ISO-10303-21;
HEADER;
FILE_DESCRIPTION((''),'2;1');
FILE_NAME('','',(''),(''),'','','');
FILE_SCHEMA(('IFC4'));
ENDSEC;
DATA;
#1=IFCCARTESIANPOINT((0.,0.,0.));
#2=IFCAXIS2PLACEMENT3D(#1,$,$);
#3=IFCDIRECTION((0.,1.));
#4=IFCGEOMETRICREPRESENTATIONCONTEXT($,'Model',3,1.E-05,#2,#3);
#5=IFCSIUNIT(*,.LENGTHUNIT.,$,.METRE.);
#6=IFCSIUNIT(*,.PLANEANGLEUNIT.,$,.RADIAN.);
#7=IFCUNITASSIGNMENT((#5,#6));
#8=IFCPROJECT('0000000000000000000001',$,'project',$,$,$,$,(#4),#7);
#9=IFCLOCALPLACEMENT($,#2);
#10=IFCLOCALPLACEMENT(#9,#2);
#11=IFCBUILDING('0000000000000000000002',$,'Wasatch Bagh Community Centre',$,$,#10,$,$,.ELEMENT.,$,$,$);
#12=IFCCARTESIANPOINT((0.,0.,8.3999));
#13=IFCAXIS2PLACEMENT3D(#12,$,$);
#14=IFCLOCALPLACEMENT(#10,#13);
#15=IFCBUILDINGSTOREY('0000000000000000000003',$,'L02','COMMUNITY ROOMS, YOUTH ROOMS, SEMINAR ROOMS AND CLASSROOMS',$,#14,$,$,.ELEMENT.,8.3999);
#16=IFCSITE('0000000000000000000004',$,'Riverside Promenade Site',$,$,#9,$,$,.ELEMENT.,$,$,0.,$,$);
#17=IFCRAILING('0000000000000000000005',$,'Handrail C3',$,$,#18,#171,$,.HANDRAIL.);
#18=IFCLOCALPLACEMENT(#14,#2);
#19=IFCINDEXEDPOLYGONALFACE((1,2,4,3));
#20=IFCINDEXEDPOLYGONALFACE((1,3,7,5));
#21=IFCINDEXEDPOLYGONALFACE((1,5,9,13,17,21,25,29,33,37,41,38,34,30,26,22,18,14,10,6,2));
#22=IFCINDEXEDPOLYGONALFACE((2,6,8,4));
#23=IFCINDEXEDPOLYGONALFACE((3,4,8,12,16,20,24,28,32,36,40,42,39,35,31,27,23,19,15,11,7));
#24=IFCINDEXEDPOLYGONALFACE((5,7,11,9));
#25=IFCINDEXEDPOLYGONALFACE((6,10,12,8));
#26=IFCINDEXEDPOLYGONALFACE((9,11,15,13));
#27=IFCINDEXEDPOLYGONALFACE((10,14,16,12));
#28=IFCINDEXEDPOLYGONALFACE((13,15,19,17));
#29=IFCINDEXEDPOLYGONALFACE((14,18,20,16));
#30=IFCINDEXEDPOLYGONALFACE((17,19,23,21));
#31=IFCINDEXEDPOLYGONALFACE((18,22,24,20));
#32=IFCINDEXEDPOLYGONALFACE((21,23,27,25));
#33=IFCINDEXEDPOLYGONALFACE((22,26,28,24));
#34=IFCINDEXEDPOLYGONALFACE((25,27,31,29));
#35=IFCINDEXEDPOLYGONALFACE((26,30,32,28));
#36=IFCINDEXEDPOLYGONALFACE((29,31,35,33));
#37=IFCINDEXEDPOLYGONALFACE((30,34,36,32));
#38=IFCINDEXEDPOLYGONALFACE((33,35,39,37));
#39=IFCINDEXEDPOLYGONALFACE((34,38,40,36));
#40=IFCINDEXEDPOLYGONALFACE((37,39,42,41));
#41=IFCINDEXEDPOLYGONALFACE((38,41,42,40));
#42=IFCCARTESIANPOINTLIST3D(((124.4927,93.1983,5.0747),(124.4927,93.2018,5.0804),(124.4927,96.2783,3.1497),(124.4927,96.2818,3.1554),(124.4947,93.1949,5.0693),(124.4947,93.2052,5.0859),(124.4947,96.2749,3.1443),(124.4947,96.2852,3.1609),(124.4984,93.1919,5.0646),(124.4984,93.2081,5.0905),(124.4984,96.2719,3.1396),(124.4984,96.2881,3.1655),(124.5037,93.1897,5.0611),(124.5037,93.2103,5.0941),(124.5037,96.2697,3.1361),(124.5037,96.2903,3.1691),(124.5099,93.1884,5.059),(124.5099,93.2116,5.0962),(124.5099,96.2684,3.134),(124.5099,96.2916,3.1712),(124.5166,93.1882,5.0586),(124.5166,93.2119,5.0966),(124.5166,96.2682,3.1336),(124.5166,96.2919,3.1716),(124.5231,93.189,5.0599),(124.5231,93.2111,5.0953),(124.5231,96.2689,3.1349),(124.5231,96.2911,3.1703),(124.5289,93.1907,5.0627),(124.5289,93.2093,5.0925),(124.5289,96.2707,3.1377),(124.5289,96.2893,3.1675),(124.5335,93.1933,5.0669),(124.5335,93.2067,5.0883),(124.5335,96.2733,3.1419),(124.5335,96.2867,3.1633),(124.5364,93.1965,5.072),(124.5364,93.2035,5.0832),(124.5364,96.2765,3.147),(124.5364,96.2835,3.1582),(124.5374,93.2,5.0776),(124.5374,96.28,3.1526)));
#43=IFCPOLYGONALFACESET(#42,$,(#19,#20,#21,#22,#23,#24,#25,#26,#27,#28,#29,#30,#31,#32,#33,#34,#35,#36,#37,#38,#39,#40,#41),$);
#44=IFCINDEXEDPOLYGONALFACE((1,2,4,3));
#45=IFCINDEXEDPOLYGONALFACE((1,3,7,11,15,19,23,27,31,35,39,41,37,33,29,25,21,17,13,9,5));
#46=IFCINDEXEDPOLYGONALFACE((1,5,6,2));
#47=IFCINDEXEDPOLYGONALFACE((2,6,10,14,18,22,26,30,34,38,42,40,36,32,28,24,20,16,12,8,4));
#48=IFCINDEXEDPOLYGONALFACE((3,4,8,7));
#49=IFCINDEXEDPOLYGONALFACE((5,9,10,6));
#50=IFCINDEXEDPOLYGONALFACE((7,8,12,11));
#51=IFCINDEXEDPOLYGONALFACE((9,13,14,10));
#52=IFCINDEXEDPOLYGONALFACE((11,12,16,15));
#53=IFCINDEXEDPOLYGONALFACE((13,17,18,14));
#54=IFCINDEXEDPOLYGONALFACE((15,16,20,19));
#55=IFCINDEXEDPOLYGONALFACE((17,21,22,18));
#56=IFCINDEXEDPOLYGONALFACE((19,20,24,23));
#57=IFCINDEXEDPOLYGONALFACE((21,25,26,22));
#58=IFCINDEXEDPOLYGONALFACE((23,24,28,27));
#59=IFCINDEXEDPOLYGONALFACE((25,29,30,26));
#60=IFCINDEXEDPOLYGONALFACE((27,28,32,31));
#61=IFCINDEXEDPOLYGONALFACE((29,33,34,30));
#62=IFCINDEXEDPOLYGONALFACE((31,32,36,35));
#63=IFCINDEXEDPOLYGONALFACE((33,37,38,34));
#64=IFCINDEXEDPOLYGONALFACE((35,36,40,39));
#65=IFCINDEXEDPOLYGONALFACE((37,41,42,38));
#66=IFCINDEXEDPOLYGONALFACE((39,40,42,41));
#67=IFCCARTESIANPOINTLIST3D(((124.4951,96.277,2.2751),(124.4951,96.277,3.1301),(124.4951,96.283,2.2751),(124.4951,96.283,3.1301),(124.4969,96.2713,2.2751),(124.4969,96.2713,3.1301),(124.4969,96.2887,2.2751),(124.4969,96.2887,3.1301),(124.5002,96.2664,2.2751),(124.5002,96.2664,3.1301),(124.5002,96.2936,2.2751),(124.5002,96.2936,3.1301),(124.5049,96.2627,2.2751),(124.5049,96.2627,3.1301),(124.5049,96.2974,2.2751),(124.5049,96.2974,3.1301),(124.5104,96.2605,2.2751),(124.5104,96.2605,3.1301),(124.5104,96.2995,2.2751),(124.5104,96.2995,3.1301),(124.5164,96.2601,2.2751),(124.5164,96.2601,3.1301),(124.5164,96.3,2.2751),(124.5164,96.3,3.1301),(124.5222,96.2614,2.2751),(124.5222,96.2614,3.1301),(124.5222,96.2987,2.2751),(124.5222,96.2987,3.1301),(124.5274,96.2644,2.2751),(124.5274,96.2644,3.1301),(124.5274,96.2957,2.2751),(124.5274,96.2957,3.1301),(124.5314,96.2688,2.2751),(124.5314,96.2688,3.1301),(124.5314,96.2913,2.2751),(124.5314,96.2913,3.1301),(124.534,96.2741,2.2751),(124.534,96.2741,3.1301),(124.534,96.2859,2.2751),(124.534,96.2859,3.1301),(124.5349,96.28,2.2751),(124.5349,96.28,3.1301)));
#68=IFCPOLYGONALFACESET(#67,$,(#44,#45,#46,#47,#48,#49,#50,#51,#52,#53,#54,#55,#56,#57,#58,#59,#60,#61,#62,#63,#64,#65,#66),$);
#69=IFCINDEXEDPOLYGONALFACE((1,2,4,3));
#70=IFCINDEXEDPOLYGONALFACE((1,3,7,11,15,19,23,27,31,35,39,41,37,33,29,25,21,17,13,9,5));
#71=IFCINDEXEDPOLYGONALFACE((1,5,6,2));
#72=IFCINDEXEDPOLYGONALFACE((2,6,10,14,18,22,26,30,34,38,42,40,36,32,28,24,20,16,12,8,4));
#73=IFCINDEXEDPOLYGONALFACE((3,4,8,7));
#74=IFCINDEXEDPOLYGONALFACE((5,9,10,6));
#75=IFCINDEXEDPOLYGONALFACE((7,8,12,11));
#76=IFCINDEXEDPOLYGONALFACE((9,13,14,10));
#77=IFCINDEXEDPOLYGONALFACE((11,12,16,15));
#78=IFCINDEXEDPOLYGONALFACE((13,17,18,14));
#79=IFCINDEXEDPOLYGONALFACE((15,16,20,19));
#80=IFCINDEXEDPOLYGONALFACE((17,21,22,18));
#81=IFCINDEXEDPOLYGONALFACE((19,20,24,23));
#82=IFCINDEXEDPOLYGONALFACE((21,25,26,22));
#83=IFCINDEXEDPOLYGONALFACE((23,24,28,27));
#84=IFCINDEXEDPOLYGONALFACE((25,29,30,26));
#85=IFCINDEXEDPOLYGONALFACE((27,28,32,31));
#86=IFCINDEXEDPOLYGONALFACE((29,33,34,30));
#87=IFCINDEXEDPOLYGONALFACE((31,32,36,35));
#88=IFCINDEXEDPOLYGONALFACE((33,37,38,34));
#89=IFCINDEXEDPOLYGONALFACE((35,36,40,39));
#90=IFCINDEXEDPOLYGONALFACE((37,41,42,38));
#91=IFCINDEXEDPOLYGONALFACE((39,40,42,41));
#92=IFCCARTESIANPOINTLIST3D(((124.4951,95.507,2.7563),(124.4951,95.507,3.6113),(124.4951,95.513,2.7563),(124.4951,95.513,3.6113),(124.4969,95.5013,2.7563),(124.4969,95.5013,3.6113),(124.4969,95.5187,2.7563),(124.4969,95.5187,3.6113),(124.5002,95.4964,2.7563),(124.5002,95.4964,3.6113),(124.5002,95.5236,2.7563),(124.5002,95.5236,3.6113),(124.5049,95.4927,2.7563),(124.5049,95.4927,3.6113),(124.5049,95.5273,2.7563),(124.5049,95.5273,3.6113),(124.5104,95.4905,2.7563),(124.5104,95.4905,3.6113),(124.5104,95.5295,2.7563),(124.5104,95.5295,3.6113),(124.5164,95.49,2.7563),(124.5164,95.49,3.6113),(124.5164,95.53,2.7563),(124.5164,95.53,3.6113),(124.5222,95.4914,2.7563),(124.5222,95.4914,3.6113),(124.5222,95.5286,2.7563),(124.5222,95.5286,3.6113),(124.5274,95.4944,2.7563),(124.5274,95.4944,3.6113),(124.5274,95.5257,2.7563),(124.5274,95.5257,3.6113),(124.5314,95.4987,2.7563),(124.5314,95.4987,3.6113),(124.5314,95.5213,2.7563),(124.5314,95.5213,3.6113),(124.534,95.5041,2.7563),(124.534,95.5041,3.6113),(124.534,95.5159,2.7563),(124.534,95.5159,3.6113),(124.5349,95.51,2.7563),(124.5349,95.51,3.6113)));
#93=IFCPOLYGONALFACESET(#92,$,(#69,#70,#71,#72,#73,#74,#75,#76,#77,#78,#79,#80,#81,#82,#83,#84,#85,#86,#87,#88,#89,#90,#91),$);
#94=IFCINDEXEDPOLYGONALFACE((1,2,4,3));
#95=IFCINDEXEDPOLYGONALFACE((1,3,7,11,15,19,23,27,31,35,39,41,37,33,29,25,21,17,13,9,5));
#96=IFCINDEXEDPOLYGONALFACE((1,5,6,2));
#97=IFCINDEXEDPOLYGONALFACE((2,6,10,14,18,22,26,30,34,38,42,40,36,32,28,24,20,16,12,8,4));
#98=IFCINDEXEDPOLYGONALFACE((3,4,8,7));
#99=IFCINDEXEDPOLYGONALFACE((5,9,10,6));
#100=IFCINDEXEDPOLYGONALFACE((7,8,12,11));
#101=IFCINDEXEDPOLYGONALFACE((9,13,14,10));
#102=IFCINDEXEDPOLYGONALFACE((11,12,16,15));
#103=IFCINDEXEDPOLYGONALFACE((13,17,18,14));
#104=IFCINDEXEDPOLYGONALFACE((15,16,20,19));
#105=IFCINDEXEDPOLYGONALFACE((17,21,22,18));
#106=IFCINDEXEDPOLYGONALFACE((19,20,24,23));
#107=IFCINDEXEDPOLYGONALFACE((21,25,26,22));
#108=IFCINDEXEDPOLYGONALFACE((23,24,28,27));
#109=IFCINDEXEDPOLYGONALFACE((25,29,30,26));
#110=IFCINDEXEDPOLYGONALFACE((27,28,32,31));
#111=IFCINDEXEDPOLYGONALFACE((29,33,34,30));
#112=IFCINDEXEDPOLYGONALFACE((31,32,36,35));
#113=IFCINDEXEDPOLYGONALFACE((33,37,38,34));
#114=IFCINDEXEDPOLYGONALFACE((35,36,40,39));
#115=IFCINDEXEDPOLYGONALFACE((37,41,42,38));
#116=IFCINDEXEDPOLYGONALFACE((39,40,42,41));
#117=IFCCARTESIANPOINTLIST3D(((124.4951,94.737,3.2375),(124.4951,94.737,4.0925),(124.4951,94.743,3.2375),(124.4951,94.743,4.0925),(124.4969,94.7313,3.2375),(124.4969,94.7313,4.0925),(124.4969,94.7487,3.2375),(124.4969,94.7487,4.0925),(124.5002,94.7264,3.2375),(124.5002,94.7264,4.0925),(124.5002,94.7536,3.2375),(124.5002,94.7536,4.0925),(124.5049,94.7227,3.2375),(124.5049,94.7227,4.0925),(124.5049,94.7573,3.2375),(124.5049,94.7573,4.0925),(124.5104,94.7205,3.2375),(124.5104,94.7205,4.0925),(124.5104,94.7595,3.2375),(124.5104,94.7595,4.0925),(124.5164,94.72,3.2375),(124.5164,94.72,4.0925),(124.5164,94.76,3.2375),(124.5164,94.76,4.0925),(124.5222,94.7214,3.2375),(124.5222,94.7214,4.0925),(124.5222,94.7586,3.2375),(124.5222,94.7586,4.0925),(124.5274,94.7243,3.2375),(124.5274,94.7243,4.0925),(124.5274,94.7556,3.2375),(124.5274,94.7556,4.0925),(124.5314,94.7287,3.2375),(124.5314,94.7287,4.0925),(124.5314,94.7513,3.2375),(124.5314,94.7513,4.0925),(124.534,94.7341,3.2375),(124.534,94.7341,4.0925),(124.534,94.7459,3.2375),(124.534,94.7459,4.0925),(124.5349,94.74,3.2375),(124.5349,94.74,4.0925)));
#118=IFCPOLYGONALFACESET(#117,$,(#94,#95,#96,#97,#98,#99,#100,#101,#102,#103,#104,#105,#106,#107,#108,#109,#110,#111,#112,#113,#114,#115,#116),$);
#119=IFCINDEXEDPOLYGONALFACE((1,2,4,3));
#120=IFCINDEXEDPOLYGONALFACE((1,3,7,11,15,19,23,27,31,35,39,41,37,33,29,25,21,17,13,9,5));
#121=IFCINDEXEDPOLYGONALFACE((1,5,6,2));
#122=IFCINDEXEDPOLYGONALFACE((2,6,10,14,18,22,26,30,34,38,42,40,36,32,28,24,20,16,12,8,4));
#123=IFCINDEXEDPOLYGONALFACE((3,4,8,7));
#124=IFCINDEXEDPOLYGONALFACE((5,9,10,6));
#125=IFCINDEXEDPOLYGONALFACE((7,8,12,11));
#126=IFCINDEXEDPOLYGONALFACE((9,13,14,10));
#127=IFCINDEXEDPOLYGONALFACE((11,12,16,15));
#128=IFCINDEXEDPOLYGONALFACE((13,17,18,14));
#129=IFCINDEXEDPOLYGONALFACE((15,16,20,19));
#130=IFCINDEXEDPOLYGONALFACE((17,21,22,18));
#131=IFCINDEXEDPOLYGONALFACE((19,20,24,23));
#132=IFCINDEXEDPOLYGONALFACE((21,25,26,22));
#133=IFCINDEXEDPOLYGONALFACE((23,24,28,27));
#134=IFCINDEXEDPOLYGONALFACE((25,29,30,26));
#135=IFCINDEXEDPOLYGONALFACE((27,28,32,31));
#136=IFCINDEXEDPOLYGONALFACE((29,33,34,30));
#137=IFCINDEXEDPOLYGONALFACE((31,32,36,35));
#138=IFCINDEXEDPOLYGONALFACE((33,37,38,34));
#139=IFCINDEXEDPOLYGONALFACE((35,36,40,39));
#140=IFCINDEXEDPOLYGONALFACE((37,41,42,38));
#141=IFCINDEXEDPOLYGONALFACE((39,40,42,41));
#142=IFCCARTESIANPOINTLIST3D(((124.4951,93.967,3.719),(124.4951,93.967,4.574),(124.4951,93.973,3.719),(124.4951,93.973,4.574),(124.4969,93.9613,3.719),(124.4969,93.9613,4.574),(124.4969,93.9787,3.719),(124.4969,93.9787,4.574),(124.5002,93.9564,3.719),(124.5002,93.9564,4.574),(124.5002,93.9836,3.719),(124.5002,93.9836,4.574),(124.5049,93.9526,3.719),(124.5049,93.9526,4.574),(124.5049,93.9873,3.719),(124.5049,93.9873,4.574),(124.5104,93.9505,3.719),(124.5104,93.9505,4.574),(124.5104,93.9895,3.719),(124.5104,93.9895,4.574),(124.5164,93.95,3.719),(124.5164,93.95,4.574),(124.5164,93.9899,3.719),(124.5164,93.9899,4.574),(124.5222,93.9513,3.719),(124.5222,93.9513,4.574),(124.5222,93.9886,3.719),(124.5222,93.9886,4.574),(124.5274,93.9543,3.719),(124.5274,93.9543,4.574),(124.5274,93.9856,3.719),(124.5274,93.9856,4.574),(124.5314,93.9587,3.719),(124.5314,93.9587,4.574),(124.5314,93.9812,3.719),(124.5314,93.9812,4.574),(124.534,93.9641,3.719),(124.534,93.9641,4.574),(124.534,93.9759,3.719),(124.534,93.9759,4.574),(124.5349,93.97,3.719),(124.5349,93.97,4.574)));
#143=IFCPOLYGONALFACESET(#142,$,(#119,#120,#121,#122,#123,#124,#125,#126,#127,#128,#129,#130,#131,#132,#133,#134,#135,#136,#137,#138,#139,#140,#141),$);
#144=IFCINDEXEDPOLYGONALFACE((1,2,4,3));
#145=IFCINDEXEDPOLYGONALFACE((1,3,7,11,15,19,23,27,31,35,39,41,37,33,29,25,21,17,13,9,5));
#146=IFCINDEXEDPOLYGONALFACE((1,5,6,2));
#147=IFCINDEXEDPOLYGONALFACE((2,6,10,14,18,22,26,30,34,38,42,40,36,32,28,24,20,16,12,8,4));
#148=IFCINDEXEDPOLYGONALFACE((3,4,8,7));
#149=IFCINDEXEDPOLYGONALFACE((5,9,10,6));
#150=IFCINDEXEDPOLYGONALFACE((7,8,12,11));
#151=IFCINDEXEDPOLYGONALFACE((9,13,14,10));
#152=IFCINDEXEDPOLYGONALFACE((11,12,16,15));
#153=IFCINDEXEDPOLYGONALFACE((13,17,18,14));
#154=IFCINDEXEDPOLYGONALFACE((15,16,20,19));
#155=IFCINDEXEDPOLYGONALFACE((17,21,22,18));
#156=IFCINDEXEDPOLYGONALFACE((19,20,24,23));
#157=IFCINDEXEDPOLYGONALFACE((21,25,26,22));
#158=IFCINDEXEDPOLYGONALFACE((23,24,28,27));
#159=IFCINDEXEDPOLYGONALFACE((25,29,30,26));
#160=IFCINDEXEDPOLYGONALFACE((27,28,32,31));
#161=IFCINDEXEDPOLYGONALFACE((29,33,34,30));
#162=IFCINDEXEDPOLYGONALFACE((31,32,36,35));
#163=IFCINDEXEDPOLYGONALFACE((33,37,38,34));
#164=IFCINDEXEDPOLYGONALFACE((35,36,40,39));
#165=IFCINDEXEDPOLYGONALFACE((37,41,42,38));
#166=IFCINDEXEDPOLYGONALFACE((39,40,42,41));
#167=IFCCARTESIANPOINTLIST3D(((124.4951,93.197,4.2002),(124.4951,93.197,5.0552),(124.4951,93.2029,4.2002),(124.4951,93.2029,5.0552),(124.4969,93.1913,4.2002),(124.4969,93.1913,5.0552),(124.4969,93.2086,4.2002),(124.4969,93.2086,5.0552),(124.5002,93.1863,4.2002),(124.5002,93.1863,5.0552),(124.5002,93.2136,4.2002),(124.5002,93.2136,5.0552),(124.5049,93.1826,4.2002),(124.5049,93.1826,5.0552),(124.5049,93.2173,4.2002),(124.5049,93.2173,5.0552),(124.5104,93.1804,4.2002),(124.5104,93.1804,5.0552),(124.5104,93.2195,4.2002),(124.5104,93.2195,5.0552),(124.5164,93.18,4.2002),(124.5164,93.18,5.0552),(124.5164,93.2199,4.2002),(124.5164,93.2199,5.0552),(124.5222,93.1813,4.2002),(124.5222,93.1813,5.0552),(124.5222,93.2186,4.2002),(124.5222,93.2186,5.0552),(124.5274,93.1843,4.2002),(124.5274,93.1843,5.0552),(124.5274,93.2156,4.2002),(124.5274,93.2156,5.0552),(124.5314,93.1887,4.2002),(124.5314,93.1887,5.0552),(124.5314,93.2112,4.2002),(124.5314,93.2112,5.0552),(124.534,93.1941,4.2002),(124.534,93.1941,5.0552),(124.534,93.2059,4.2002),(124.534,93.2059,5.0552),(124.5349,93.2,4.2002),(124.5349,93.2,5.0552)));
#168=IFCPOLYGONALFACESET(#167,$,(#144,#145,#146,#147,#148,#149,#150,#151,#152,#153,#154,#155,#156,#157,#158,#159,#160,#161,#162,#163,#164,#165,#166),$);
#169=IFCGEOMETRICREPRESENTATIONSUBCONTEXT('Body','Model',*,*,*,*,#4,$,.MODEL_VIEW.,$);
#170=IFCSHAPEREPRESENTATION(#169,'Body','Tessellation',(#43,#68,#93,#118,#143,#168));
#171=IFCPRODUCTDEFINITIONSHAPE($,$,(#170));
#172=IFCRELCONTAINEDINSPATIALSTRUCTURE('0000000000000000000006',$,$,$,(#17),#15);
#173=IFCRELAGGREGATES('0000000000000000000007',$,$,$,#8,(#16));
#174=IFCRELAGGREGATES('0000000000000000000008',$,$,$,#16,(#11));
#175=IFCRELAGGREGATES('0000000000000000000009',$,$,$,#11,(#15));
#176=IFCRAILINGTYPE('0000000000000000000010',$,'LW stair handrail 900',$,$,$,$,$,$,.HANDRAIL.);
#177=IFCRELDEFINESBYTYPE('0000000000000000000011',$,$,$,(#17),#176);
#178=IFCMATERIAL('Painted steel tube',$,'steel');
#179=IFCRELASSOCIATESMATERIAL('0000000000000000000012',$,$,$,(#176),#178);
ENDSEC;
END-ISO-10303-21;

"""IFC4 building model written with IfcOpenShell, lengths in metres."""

from ifc_helpers import new_model, si_unit, direction, frame, origin, origin_2d, place, context, subcontext, project, spatial, circle, extrude, material, type_object, element, save


model = new_model("IFC4")

# Units and contexts
model_context = context("Model", 3, precision=1e-05, world=origin(), true_north=direction((0.0, 1.0)))
body_context = subcontext(model_context, "Body", "Model", "MODEL_VIEW")
ifc_project = project(units=[si_unit("LENGTHUNIT", "METRE"), si_unit("PLANEANGLEUNIT", "RADIAN")], contexts=[model_context])

# Site, building, storey
site_placement = place(None, origin())
site = spatial("IfcSite", under=ifc_project, at=site_placement, Name="Riverside Promenade Site", CompositionType="ELEMENT", RefElevation=0.0)
building_placement = place(site_placement, origin())
building = spatial("IfcBuilding", under=site, at=building_placement, Name="Wasatch Bagh Community Centre", CompositionType="ELEMENT")
storey_placement = place(building_placement, frame((0.0, 0.0, 8.3999)))
storey = spatial("IfcBuildingStorey", under=building, at=storey_placement, Name="L02", Description="COMMUNITY ROOMS, YOUTH ROOMS, SEMINAR ROOMS AND CLASSROOMS", CompositionType="ELEMENT", Elevation=8.3999)

# Railing
ifc_material_1 = material(Name="Painted steel tube", Category="steel")
railing_type_1 = type_object("IfcRailingType", Name="LW stair handrail 900", PredefinedType="HANDRAIL", material=ifc_material_1)
for number, where, name in (
    (1, (124.5149, 96.28, 2.2751), "Handrail C3"),
):
    element("IfcRailing", number, at=place(storey_placement, frame(where)), inside=storey, type_object=railing_type_1, Name=name, PredefinedType="HANDRAIL", context=body_context, shape_type="SweptSolid", body=[
        extrude(circle(Radius=0.0225, at=origin_2d()), frame((0.0, 0.0, 0.8774), z_axis=(0.0, -0.847998, 0.529999), x_axis=(1.0, 0.0, 0.0)), (0.0, 0.0, 1.0), 3.6321),
        extrude(circle(Radius=0.02, at=origin_2d()), origin(), (0.0, 0.0, 1.0), 0.855),
        extrude(circle(Radius=0.02, at=origin_2d()), frame((0.0, -0.77, 0.4812)), (0.0, 0.0, 1.0), 0.855),
        extrude(circle(Radius=0.02, at=origin_2d()), frame((0.0, -1.54, 0.9624)), (0.0, 0.0, 1.0), 0.855),
        extrude(circle(Radius=0.02, at=origin_2d()), frame((0.0, -2.3101, 1.4438)), (0.0, 0.0, 1.0), 0.855),
        extrude(circle(Radius=0.02, at=origin_2d()), frame((0.0, -3.0801, 1.925)), (0.0, 0.0, 1.0), 0.855),
    ])

save(model, "model.ifc")
